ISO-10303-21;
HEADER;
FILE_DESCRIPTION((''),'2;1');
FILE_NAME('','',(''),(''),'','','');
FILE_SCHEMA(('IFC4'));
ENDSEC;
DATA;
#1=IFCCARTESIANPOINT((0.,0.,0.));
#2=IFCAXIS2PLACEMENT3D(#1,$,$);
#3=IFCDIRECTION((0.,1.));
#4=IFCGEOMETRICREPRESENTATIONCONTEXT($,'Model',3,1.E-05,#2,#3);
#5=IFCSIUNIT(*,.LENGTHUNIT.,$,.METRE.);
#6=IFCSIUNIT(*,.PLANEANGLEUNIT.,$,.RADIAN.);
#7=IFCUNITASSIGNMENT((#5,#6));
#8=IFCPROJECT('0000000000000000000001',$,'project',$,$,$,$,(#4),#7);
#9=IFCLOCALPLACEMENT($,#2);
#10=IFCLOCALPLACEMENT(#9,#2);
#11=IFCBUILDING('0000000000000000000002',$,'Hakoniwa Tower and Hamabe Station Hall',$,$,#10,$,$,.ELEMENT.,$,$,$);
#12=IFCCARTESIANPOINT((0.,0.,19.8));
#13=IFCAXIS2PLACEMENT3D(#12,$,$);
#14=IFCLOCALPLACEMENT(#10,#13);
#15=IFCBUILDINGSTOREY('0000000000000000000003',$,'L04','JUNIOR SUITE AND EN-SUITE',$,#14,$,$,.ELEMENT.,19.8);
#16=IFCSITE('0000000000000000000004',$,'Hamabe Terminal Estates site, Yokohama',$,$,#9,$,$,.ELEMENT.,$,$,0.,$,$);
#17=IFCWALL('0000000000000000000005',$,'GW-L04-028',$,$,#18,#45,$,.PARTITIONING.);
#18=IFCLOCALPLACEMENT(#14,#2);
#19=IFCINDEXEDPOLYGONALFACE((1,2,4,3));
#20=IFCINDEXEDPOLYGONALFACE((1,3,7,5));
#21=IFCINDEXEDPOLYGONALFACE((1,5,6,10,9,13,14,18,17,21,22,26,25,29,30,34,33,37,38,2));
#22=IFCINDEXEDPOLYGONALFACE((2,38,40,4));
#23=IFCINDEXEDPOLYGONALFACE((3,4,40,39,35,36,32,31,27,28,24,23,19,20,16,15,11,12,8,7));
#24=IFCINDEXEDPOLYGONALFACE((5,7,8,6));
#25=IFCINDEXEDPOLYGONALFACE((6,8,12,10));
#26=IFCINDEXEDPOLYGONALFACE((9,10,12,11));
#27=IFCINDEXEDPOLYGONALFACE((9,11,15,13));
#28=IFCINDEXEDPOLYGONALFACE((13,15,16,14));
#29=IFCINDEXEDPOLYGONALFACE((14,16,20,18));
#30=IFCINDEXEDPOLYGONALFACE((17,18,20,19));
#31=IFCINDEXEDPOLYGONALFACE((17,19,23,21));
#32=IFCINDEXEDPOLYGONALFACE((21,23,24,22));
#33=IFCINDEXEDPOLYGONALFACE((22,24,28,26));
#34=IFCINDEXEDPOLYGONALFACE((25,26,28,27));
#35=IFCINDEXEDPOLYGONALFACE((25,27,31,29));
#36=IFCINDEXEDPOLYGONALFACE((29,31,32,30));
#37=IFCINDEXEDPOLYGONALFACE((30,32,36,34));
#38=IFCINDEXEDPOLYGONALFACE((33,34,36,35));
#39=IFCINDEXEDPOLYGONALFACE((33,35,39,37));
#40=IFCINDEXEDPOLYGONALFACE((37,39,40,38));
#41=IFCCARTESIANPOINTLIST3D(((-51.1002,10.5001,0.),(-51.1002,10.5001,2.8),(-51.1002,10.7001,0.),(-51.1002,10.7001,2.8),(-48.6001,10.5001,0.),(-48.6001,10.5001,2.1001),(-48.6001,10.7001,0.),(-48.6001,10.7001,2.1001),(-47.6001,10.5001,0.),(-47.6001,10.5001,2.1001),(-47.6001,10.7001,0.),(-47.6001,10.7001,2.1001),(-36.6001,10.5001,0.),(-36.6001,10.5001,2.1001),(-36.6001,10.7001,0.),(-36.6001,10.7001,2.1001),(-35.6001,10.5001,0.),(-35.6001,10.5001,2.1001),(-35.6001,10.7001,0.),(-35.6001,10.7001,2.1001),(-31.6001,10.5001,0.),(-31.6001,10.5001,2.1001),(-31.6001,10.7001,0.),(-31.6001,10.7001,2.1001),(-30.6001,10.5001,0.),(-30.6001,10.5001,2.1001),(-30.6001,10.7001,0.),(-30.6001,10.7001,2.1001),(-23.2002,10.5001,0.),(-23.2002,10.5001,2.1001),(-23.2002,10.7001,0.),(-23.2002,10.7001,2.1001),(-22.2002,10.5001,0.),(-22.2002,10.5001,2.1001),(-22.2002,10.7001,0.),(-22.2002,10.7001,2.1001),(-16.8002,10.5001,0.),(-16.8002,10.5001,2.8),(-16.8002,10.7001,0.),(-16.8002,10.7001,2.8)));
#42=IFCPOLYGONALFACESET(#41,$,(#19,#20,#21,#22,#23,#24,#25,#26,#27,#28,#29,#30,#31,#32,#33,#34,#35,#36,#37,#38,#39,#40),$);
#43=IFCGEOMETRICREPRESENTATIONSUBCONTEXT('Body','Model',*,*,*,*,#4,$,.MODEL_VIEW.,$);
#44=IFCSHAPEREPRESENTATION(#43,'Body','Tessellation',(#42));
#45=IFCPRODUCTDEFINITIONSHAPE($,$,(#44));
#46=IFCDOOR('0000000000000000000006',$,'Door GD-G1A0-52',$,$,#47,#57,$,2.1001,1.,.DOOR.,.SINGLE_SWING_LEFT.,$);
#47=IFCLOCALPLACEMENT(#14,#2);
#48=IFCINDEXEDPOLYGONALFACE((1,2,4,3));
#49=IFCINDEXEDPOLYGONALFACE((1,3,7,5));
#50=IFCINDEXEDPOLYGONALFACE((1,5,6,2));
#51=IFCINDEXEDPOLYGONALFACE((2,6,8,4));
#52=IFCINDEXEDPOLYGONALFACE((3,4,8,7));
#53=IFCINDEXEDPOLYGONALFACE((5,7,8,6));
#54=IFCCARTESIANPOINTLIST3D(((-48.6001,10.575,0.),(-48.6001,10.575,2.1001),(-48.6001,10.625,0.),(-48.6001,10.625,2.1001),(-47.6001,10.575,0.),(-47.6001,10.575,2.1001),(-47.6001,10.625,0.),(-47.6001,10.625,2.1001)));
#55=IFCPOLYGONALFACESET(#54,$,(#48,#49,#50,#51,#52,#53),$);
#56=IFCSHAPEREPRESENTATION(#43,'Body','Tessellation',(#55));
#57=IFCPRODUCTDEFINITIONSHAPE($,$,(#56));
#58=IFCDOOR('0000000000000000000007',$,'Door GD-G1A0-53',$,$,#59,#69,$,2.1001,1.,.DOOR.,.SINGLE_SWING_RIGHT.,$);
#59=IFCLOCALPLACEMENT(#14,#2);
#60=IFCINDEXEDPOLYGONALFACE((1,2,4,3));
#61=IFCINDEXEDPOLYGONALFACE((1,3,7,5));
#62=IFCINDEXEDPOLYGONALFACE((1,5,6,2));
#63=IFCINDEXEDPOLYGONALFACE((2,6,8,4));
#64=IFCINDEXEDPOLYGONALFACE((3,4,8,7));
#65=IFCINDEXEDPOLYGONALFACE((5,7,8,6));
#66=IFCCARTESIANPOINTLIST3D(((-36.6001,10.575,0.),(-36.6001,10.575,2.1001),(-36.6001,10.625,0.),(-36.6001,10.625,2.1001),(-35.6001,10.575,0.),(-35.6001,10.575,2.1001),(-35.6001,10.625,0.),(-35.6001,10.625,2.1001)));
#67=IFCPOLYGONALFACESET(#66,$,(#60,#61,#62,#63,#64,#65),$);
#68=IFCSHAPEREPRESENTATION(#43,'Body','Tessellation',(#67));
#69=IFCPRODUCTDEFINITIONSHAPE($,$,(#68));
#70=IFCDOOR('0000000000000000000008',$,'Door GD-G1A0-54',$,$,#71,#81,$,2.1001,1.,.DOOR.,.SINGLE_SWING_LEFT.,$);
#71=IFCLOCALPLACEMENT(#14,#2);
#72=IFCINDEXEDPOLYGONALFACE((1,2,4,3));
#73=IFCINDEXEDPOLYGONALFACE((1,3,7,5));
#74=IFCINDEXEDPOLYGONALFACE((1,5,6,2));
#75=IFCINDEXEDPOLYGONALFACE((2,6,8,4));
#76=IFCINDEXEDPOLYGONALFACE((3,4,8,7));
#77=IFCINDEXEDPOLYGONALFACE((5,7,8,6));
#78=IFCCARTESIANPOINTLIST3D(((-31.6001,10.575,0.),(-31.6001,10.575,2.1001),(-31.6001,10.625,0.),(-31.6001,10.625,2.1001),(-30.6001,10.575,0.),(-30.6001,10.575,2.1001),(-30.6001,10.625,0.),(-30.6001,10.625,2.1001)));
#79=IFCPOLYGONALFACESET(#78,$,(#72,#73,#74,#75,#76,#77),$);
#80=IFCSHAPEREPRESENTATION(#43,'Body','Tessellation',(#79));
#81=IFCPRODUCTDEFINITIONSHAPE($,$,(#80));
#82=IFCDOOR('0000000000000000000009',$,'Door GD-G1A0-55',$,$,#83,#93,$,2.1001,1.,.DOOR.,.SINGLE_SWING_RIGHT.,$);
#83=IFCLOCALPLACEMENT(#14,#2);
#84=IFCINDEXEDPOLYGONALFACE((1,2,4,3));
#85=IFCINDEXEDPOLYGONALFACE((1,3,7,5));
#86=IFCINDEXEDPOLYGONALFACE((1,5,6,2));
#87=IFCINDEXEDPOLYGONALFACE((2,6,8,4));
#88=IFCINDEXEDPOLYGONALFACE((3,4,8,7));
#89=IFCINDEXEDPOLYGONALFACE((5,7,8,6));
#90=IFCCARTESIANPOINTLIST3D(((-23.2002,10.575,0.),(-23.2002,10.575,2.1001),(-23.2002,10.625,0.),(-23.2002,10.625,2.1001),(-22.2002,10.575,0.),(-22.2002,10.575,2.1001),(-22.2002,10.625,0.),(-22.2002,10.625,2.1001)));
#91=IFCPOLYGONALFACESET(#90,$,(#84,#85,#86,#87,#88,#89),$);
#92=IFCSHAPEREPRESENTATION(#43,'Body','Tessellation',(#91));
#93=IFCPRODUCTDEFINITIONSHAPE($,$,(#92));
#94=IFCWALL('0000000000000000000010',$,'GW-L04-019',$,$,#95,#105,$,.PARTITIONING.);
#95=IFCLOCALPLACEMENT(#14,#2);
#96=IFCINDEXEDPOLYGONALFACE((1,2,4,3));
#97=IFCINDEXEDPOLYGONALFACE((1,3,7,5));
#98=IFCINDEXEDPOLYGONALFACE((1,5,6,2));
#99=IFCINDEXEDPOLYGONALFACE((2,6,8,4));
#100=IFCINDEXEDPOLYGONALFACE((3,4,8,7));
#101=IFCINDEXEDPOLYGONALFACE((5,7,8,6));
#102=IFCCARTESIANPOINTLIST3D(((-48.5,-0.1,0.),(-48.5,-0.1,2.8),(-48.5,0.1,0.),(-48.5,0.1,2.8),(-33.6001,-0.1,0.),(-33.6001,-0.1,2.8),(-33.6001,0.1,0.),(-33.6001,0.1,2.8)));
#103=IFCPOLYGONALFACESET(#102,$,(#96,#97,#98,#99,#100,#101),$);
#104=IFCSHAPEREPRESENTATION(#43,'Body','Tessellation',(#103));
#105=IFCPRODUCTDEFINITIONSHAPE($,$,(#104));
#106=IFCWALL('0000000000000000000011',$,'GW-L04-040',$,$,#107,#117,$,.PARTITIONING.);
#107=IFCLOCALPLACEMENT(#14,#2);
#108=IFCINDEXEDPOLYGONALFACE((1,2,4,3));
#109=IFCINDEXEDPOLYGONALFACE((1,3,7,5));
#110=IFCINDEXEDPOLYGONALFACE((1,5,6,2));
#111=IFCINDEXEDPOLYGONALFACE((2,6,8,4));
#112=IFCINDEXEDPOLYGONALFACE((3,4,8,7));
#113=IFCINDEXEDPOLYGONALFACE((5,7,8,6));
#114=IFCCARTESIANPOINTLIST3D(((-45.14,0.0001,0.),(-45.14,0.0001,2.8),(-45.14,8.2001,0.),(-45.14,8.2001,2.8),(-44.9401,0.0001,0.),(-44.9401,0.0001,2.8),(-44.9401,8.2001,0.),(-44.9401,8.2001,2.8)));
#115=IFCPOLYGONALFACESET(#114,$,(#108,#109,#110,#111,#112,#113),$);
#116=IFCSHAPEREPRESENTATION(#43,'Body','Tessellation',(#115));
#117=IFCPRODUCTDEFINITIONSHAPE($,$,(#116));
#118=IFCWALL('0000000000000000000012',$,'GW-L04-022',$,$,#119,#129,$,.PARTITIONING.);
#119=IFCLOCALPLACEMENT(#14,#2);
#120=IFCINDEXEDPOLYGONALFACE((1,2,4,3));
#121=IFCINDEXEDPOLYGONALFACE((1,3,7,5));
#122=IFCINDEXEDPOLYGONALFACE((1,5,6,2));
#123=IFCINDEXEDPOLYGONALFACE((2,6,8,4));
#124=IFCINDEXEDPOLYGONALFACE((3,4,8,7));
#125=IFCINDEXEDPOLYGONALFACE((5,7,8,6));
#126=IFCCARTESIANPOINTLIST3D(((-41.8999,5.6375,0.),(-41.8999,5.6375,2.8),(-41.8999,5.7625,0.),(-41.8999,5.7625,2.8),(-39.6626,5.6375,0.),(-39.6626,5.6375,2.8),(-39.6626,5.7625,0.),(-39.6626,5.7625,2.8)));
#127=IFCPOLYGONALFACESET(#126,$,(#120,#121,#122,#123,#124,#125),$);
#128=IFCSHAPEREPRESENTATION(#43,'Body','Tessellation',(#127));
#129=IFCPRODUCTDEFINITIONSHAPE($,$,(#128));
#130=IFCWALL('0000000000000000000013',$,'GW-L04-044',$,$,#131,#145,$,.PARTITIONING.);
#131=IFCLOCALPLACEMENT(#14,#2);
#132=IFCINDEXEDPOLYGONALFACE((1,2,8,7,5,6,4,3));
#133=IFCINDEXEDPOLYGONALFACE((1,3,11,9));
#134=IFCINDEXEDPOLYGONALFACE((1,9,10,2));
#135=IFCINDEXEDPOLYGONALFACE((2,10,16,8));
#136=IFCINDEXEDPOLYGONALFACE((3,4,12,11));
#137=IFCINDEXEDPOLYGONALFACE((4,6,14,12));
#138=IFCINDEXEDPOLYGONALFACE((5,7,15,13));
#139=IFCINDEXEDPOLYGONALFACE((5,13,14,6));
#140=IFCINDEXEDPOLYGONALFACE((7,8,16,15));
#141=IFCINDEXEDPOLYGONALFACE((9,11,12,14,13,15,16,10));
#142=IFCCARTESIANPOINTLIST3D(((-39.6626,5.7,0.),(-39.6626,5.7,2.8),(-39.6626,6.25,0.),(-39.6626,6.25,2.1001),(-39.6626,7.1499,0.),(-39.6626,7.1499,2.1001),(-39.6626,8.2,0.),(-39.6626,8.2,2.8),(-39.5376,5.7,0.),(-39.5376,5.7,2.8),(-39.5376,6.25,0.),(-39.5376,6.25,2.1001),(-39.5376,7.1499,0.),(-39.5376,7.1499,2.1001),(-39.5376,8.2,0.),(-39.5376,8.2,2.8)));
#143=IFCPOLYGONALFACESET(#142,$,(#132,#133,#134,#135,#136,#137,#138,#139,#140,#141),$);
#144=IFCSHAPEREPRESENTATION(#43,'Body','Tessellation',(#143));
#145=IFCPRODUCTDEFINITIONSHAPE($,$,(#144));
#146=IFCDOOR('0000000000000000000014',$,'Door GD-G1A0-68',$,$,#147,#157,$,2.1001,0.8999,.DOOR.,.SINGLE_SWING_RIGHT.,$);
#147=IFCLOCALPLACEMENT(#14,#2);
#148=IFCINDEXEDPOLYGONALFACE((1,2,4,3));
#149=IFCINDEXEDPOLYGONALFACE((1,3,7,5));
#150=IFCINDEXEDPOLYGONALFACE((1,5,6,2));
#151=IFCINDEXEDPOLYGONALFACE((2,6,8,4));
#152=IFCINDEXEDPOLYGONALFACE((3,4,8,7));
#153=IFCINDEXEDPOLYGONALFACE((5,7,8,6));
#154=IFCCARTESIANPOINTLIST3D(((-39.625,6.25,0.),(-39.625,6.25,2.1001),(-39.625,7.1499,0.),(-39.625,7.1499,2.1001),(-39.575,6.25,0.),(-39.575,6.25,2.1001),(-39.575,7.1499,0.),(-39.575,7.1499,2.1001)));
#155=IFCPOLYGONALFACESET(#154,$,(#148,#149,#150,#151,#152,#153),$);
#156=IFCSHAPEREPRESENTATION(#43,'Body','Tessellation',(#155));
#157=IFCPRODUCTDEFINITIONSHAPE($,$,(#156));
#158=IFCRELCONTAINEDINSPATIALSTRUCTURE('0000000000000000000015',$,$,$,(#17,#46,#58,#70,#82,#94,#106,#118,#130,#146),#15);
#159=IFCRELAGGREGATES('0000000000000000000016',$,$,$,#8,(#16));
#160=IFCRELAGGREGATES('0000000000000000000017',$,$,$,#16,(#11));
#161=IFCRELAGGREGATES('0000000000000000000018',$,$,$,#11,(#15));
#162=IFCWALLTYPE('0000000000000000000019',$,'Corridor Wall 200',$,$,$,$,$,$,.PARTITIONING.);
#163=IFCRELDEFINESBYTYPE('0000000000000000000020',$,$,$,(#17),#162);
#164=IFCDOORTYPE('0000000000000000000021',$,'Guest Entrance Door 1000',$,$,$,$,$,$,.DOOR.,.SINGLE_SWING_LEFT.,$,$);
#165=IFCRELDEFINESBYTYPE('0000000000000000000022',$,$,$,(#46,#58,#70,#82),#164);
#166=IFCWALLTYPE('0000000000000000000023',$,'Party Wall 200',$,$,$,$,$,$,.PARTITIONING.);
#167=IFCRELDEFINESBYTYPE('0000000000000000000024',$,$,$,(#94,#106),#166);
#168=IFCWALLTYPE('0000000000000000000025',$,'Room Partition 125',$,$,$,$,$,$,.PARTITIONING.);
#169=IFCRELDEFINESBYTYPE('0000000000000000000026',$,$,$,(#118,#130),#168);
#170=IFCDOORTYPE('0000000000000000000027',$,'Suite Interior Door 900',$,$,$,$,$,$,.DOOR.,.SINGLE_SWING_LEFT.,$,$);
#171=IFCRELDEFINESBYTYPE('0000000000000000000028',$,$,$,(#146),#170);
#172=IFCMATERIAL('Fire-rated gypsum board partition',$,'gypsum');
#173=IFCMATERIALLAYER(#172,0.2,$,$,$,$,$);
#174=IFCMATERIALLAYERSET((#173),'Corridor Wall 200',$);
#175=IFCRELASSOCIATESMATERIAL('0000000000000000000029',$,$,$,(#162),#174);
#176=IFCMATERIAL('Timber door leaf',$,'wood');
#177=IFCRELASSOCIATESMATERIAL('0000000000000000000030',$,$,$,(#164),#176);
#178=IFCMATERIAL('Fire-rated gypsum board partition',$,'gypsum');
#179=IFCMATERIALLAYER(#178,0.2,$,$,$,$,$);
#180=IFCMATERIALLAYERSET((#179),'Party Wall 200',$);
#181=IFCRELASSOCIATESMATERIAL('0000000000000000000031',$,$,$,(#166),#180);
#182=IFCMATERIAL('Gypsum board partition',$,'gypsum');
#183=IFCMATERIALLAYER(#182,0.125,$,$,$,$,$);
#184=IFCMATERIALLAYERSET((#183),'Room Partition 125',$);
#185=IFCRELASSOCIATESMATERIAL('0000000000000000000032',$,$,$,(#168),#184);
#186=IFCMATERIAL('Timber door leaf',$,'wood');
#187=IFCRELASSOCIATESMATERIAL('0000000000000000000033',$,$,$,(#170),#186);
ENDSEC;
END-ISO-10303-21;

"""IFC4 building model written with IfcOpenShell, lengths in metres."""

from ifc_helpers import new_model, si_unit, direction, frame, frame_2d, origin, place, context, subcontext, project, spatial, rectangle, extrude, material, layer, layer_set, type_object, element, fill, save


model = new_model("IFC4")

# Units and contexts
model_context = context("Model", 3, precision=1e-05, world=origin(), true_north=direction((0.0, 1.0)))
body_context = subcontext(model_context, "Body", "Model", "MODEL_VIEW")
ifc_project = project(units=[si_unit("LENGTHUNIT", "METRE"), si_unit("PLANEANGLEUNIT", "RADIAN")], contexts=[model_context])

# Site, building, storey
site_placement = place(None, origin())
site = spatial("IfcSite", under=ifc_project, at=site_placement, Name="Hamabe Terminal Estates site, Yokohama", CompositionType="ELEMENT", RefElevation=0.0)
building_placement = place(site_placement, origin())
building = spatial("IfcBuilding", under=site, at=building_placement, Name="Hakoniwa Tower and Hamabe Station Hall", CompositionType="ELEMENT")
storey_placement = place(building_placement, frame((0.0, 0.0, 19.8)))
storey = spatial("IfcBuildingStorey", under=building, at=storey_placement, Name="L04", Description="JUNIOR SUITE AND EN-SUITE", CompositionType="ELEMENT", Elevation=19.8)

# Wall, openings, doors
ifc_material_1 = material(Name="Fire-rated gypsum board partition", Category="gypsum")
ifc_layer_1 = layer(ifc_material_1, 0.2)
ifc_layer_set_1 = layer_set([ifc_layer_1], Name="Corridor Wall 200")
wall_type_1 = type_object("IfcWallType", Name="Corridor Wall 200", PredefinedType="PARTITIONING", material=ifc_layer_set_1)
wall_1_placement = place(storey_placement, frame((-51.1001, 10.6001, 0.0), z_axis=(0.0, 0.0, 1.0), x_axis=(1.0, 0.0, 0.0)))
wall_1 = element("IfcWall", 1, at=wall_1_placement, inside=storey, type_object=wall_type_1, Name="GW-L04-028", PredefinedType="PARTITIONING", context=body_context, shape_type="SweptSolid", body=[
    extrude(rectangle(XDim=34.3, YDim=0.2, at=frame_2d((17.1499, 0.0))), origin(), (0.0, 0.0, 1.0), 2.8),
])
opening_1_placement = place(wall_1_placement, frame((2.5, 0.0, 0.0)))
opening_1 = element("IfcOpeningElement", 2, at=opening_1_placement, cuts=wall_1, PredefinedType="OPENING", context=body_context, shape_type="SweptSolid", body=[
    extrude(rectangle(XDim=1.0, YDim=2.1001, at=frame_2d((0.5, 1.05))), frame((0.0, 0.1099, 0.0), z_axis=(0.0, -1.0, 0.0), x_axis=(1.0, 0.0, 0.0)), (0.0, 0.0, 1.0), 0.22),
])
opening_2_placement = place(wall_1_placement, frame((14.5, 0.0, 0.0)))
opening_2 = element("IfcOpeningElement", 3, at=opening_2_placement, cuts=wall_1, PredefinedType="OPENING", context=body_context, shape_type="SweptSolid", body=[
    extrude(rectangle(XDim=1.0, YDim=2.1001, at=frame_2d((0.5, 1.05))), frame((0.0, 0.1099, 0.0), z_axis=(0.0, -1.0, 0.0), x_axis=(1.0, 0.0, 0.0)), (0.0, 0.0, 1.0), 0.22),
])
opening_3_placement = place(wall_1_placement, frame((19.5, 0.0, 0.0)))
opening_3 = element("IfcOpeningElement", 4, at=opening_3_placement, cuts=wall_1, PredefinedType="OPENING", context=body_context, shape_type="SweptSolid", body=[
    extrude(rectangle(XDim=1.0, YDim=2.1001, at=frame_2d((0.5, 1.05))), frame((0.0, 0.1099, 0.0), z_axis=(0.0, -1.0, 0.0), x_axis=(1.0, 0.0, 0.0)), (0.0, 0.0, 1.0), 0.22),
])
opening_4_placement = place(wall_1_placement, frame((27.8999, 0.0, 0.0)))
opening_4 = element("IfcOpeningElement", 5, at=opening_4_placement, cuts=wall_1, PredefinedType="OPENING", context=body_context, shape_type="SweptSolid", body=[
    extrude(rectangle(XDim=1.0, YDim=2.1001, at=frame_2d((0.5, 1.05))), frame((0.0, 0.1099, 0.0), z_axis=(0.0, -1.0, 0.0), x_axis=(1.0, 0.0, 0.0)), (0.0, 0.0, 1.0), 0.22),
])
ifc_material_2 = material(Name="Timber door leaf", Category="wood")
door_type_1 = type_object("IfcDoorType", Name="Guest Entrance Door 1000", OperationType="SINGLE_SWING_LEFT", PredefinedType="DOOR", material=ifc_material_2)
door_1_placement = place(opening_1_placement, origin())
door_1 = element("IfcDoor", 6, at=door_1_placement, inside=storey, type_object=door_type_1, Name="Door GD-G1A0-52", OperationType="SINGLE_SWING_LEFT", OverallHeight=2.1001, OverallWidth=1.0, PredefinedType="DOOR", context=body_context, shape_type="SweptSolid", body=[
    extrude(rectangle(XDim=1.0, YDim=2.1001, at=frame_2d((0.5, 1.05))), frame((0.0, 0.0249, 0.0), z_axis=(0.0, -1.0, 0.0), x_axis=(1.0, 0.0, 0.0)), (0.0, 0.0, 1.0), 0.05),
])
fill(opening_1, door_1)
door_2_placement = place(opening_2_placement, origin())
door_2 = element("IfcDoor", 7, at=door_2_placement, inside=storey, type_object=door_type_1, Name="Door GD-G1A0-53", OperationType="SINGLE_SWING_RIGHT", OverallHeight=2.1001, OverallWidth=1.0, PredefinedType="DOOR", context=body_context, shape_type="SweptSolid", body=[
    extrude(rectangle(XDim=1.0, YDim=2.1001, at=frame_2d((0.5, 1.05))), frame((0.0, 0.0249, 0.0), z_axis=(0.0, -1.0, 0.0), x_axis=(1.0, 0.0, 0.0)), (0.0, 0.0, 1.0), 0.05),
])
fill(opening_2, door_2)
door_3_placement = place(opening_3_placement, origin())
door_3 = element("IfcDoor", 8, at=door_3_placement, inside=storey, type_object=door_type_1, Name="Door GD-G1A0-54", OperationType="SINGLE_SWING_LEFT", OverallHeight=2.1001, OverallWidth=1.0, PredefinedType="DOOR", context=body_context, shape_type="SweptSolid", body=[
    extrude(rectangle(XDim=1.0, YDim=2.1001, at=frame_2d((0.5, 1.05))), frame((0.0, 0.0249, 0.0), z_axis=(0.0, -1.0, 0.0), x_axis=(1.0, 0.0, 0.0)), (0.0, 0.0, 1.0), 0.05),
])
fill(opening_3, door_3)
door_4_placement = place(opening_4_placement, origin())
door_4 = element("IfcDoor", 9, at=door_4_placement, inside=storey, type_object=door_type_1, Name="Door GD-G1A0-55", OperationType="SINGLE_SWING_RIGHT", OverallHeight=2.1001, OverallWidth=1.0, PredefinedType="DOOR", context=body_context, shape_type="SweptSolid", body=[
    extrude(rectangle(XDim=1.0, YDim=2.1001, at=frame_2d((0.5, 1.05))), frame((0.0, 0.0249, 0.0), z_axis=(0.0, -1.0, 0.0), x_axis=(1.0, 0.0, 0.0)), (0.0, 0.0, 1.0), 0.05),
])
fill(opening_4, door_4)

# Walls
ifc_material_3 = material(Name="Fire-rated gypsum board partition", Category="gypsum")
ifc_layer_2 = layer(ifc_material_3, 0.2)
ifc_layer_set_2 = layer_set([ifc_layer_2], Name="Party Wall 200")
wall_type_2 = type_object("IfcWallType", Name="Party Wall 200", PredefinedType="PARTITIONING", material=ifc_layer_set_2)
wall_2_placement = place(storey_placement, frame((-48.5, 0.0, 0.0), z_axis=(0.0, 0.0, 1.0), x_axis=(1.0, 0.0, 0.0)))
element("IfcWall", 10, at=wall_2_placement, inside=storey, type_object=wall_type_2, Name="GW-L04-019", PredefinedType="PARTITIONING", context=body_context, shape_type="SweptSolid", body=[
    extrude(rectangle(XDim=14.8999, YDim=0.2, at=frame_2d((7.45, 0.0))), origin(), (0.0, 0.0, 1.0), 2.8),
])
wall_3_placement = place(storey_placement, frame((-45.04, 0.0, 0.0), z_axis=(0.0, 0.0, 1.0), x_axis=(0.0, 1.0, 0.0)))
element("IfcWall", 11, at=wall_3_placement, inside=storey, type_object=wall_type_2, Name="GW-L04-040", PredefinedType="PARTITIONING", context=body_context, shape_type="SweptSolid", body=[
    extrude(rectangle(XDim=8.2, YDim=0.2, at=frame_2d((4.1001, 0.0))), origin(), (0.0, 0.0, 1.0), 2.8),
])
ifc_material_4 = material(Name="Gypsum board partition", Category="gypsum")
ifc_layer_3 = layer(ifc_material_4, 0.125)
ifc_layer_set_3 = layer_set([ifc_layer_3], Name="Room Partition 125")
wall_type_3 = type_object("IfcWallType", Name="Room Partition 125", PredefinedType="PARTITIONING", material=ifc_layer_set_3)
wall_4_placement = place(storey_placement, frame((-41.8999, 5.7, 0.0), z_axis=(0.0, 0.0, 1.0), x_axis=(1.0, 0.0, 0.0)))
element("IfcWall", 12, at=wall_4_placement, inside=storey, type_object=wall_type_3, Name="GW-L04-022", PredefinedType="PARTITIONING", context=body_context, shape_type="SweptSolid", body=[
    extrude(rectangle(XDim=2.2373, YDim=0.125, at=frame_2d((1.1187, 0.0))), origin(), (0.0, 0.0, 1.0), 2.8),
])

# Wall, opening, door
wall_5_placement = place(storey_placement, frame((-39.6001, 5.7, 0.0), z_axis=(0.0, 0.0, 1.0), x_axis=(0.0, 1.0, 0.0)))
wall_5 = element("IfcWall", 13, at=wall_5_placement, inside=storey, type_object=wall_type_3, Name="GW-L04-044", PredefinedType="PARTITIONING", context=body_context, shape_type="SweptSolid", body=[
    extrude(rectangle(XDim=2.5, YDim=0.125, at=frame_2d((1.25, 0.0))), origin(), (0.0, 0.0, 1.0), 2.8),
])
opening_5_placement = place(wall_5_placement, frame((0.55, 0.0, 0.0)))
opening_5 = element("IfcOpeningElement", 14, at=opening_5_placement, cuts=wall_5, PredefinedType="OPENING", context=body_context, shape_type="SweptSolid", body=[
    extrude(rectangle(XDim=0.8999, YDim=2.1001, at=frame_2d((0.45, 1.05))), frame((0.0, 0.0725, 0.0), z_axis=(0.0, -1.0, 0.0), x_axis=(1.0, 0.0, 0.0)), (0.0, 0.0, 1.0), 0.145),
])
ifc_material_5 = material(Name="Timber door leaf", Category="wood")
door_type_2 = type_object("IfcDoorType", Name="Suite Interior Door 900", OperationType="SINGLE_SWING_LEFT", PredefinedType="DOOR", material=ifc_material_5)
door_5_placement = place(opening_5_placement, origin())
door_5 = element("IfcDoor", 15, at=door_5_placement, inside=storey, type_object=door_type_2, Name="Door GD-G1A0-68", OperationType="SINGLE_SWING_RIGHT", OverallHeight=2.1001, OverallWidth=0.8999, PredefinedType="DOOR", context=body_context, shape_type="SweptSolid", body=[
    extrude(rectangle(XDim=0.8999, YDim=2.1001, at=frame_2d((0.45, 1.05))), frame((0.0, 0.0249, 0.0), z_axis=(0.0, -1.0, 0.0), x_axis=(1.0, 0.0, 0.0)), (0.0, 0.0, 1.0), 0.05),
])
fill(opening_5, door_5)

save(model, "model.ifc")
